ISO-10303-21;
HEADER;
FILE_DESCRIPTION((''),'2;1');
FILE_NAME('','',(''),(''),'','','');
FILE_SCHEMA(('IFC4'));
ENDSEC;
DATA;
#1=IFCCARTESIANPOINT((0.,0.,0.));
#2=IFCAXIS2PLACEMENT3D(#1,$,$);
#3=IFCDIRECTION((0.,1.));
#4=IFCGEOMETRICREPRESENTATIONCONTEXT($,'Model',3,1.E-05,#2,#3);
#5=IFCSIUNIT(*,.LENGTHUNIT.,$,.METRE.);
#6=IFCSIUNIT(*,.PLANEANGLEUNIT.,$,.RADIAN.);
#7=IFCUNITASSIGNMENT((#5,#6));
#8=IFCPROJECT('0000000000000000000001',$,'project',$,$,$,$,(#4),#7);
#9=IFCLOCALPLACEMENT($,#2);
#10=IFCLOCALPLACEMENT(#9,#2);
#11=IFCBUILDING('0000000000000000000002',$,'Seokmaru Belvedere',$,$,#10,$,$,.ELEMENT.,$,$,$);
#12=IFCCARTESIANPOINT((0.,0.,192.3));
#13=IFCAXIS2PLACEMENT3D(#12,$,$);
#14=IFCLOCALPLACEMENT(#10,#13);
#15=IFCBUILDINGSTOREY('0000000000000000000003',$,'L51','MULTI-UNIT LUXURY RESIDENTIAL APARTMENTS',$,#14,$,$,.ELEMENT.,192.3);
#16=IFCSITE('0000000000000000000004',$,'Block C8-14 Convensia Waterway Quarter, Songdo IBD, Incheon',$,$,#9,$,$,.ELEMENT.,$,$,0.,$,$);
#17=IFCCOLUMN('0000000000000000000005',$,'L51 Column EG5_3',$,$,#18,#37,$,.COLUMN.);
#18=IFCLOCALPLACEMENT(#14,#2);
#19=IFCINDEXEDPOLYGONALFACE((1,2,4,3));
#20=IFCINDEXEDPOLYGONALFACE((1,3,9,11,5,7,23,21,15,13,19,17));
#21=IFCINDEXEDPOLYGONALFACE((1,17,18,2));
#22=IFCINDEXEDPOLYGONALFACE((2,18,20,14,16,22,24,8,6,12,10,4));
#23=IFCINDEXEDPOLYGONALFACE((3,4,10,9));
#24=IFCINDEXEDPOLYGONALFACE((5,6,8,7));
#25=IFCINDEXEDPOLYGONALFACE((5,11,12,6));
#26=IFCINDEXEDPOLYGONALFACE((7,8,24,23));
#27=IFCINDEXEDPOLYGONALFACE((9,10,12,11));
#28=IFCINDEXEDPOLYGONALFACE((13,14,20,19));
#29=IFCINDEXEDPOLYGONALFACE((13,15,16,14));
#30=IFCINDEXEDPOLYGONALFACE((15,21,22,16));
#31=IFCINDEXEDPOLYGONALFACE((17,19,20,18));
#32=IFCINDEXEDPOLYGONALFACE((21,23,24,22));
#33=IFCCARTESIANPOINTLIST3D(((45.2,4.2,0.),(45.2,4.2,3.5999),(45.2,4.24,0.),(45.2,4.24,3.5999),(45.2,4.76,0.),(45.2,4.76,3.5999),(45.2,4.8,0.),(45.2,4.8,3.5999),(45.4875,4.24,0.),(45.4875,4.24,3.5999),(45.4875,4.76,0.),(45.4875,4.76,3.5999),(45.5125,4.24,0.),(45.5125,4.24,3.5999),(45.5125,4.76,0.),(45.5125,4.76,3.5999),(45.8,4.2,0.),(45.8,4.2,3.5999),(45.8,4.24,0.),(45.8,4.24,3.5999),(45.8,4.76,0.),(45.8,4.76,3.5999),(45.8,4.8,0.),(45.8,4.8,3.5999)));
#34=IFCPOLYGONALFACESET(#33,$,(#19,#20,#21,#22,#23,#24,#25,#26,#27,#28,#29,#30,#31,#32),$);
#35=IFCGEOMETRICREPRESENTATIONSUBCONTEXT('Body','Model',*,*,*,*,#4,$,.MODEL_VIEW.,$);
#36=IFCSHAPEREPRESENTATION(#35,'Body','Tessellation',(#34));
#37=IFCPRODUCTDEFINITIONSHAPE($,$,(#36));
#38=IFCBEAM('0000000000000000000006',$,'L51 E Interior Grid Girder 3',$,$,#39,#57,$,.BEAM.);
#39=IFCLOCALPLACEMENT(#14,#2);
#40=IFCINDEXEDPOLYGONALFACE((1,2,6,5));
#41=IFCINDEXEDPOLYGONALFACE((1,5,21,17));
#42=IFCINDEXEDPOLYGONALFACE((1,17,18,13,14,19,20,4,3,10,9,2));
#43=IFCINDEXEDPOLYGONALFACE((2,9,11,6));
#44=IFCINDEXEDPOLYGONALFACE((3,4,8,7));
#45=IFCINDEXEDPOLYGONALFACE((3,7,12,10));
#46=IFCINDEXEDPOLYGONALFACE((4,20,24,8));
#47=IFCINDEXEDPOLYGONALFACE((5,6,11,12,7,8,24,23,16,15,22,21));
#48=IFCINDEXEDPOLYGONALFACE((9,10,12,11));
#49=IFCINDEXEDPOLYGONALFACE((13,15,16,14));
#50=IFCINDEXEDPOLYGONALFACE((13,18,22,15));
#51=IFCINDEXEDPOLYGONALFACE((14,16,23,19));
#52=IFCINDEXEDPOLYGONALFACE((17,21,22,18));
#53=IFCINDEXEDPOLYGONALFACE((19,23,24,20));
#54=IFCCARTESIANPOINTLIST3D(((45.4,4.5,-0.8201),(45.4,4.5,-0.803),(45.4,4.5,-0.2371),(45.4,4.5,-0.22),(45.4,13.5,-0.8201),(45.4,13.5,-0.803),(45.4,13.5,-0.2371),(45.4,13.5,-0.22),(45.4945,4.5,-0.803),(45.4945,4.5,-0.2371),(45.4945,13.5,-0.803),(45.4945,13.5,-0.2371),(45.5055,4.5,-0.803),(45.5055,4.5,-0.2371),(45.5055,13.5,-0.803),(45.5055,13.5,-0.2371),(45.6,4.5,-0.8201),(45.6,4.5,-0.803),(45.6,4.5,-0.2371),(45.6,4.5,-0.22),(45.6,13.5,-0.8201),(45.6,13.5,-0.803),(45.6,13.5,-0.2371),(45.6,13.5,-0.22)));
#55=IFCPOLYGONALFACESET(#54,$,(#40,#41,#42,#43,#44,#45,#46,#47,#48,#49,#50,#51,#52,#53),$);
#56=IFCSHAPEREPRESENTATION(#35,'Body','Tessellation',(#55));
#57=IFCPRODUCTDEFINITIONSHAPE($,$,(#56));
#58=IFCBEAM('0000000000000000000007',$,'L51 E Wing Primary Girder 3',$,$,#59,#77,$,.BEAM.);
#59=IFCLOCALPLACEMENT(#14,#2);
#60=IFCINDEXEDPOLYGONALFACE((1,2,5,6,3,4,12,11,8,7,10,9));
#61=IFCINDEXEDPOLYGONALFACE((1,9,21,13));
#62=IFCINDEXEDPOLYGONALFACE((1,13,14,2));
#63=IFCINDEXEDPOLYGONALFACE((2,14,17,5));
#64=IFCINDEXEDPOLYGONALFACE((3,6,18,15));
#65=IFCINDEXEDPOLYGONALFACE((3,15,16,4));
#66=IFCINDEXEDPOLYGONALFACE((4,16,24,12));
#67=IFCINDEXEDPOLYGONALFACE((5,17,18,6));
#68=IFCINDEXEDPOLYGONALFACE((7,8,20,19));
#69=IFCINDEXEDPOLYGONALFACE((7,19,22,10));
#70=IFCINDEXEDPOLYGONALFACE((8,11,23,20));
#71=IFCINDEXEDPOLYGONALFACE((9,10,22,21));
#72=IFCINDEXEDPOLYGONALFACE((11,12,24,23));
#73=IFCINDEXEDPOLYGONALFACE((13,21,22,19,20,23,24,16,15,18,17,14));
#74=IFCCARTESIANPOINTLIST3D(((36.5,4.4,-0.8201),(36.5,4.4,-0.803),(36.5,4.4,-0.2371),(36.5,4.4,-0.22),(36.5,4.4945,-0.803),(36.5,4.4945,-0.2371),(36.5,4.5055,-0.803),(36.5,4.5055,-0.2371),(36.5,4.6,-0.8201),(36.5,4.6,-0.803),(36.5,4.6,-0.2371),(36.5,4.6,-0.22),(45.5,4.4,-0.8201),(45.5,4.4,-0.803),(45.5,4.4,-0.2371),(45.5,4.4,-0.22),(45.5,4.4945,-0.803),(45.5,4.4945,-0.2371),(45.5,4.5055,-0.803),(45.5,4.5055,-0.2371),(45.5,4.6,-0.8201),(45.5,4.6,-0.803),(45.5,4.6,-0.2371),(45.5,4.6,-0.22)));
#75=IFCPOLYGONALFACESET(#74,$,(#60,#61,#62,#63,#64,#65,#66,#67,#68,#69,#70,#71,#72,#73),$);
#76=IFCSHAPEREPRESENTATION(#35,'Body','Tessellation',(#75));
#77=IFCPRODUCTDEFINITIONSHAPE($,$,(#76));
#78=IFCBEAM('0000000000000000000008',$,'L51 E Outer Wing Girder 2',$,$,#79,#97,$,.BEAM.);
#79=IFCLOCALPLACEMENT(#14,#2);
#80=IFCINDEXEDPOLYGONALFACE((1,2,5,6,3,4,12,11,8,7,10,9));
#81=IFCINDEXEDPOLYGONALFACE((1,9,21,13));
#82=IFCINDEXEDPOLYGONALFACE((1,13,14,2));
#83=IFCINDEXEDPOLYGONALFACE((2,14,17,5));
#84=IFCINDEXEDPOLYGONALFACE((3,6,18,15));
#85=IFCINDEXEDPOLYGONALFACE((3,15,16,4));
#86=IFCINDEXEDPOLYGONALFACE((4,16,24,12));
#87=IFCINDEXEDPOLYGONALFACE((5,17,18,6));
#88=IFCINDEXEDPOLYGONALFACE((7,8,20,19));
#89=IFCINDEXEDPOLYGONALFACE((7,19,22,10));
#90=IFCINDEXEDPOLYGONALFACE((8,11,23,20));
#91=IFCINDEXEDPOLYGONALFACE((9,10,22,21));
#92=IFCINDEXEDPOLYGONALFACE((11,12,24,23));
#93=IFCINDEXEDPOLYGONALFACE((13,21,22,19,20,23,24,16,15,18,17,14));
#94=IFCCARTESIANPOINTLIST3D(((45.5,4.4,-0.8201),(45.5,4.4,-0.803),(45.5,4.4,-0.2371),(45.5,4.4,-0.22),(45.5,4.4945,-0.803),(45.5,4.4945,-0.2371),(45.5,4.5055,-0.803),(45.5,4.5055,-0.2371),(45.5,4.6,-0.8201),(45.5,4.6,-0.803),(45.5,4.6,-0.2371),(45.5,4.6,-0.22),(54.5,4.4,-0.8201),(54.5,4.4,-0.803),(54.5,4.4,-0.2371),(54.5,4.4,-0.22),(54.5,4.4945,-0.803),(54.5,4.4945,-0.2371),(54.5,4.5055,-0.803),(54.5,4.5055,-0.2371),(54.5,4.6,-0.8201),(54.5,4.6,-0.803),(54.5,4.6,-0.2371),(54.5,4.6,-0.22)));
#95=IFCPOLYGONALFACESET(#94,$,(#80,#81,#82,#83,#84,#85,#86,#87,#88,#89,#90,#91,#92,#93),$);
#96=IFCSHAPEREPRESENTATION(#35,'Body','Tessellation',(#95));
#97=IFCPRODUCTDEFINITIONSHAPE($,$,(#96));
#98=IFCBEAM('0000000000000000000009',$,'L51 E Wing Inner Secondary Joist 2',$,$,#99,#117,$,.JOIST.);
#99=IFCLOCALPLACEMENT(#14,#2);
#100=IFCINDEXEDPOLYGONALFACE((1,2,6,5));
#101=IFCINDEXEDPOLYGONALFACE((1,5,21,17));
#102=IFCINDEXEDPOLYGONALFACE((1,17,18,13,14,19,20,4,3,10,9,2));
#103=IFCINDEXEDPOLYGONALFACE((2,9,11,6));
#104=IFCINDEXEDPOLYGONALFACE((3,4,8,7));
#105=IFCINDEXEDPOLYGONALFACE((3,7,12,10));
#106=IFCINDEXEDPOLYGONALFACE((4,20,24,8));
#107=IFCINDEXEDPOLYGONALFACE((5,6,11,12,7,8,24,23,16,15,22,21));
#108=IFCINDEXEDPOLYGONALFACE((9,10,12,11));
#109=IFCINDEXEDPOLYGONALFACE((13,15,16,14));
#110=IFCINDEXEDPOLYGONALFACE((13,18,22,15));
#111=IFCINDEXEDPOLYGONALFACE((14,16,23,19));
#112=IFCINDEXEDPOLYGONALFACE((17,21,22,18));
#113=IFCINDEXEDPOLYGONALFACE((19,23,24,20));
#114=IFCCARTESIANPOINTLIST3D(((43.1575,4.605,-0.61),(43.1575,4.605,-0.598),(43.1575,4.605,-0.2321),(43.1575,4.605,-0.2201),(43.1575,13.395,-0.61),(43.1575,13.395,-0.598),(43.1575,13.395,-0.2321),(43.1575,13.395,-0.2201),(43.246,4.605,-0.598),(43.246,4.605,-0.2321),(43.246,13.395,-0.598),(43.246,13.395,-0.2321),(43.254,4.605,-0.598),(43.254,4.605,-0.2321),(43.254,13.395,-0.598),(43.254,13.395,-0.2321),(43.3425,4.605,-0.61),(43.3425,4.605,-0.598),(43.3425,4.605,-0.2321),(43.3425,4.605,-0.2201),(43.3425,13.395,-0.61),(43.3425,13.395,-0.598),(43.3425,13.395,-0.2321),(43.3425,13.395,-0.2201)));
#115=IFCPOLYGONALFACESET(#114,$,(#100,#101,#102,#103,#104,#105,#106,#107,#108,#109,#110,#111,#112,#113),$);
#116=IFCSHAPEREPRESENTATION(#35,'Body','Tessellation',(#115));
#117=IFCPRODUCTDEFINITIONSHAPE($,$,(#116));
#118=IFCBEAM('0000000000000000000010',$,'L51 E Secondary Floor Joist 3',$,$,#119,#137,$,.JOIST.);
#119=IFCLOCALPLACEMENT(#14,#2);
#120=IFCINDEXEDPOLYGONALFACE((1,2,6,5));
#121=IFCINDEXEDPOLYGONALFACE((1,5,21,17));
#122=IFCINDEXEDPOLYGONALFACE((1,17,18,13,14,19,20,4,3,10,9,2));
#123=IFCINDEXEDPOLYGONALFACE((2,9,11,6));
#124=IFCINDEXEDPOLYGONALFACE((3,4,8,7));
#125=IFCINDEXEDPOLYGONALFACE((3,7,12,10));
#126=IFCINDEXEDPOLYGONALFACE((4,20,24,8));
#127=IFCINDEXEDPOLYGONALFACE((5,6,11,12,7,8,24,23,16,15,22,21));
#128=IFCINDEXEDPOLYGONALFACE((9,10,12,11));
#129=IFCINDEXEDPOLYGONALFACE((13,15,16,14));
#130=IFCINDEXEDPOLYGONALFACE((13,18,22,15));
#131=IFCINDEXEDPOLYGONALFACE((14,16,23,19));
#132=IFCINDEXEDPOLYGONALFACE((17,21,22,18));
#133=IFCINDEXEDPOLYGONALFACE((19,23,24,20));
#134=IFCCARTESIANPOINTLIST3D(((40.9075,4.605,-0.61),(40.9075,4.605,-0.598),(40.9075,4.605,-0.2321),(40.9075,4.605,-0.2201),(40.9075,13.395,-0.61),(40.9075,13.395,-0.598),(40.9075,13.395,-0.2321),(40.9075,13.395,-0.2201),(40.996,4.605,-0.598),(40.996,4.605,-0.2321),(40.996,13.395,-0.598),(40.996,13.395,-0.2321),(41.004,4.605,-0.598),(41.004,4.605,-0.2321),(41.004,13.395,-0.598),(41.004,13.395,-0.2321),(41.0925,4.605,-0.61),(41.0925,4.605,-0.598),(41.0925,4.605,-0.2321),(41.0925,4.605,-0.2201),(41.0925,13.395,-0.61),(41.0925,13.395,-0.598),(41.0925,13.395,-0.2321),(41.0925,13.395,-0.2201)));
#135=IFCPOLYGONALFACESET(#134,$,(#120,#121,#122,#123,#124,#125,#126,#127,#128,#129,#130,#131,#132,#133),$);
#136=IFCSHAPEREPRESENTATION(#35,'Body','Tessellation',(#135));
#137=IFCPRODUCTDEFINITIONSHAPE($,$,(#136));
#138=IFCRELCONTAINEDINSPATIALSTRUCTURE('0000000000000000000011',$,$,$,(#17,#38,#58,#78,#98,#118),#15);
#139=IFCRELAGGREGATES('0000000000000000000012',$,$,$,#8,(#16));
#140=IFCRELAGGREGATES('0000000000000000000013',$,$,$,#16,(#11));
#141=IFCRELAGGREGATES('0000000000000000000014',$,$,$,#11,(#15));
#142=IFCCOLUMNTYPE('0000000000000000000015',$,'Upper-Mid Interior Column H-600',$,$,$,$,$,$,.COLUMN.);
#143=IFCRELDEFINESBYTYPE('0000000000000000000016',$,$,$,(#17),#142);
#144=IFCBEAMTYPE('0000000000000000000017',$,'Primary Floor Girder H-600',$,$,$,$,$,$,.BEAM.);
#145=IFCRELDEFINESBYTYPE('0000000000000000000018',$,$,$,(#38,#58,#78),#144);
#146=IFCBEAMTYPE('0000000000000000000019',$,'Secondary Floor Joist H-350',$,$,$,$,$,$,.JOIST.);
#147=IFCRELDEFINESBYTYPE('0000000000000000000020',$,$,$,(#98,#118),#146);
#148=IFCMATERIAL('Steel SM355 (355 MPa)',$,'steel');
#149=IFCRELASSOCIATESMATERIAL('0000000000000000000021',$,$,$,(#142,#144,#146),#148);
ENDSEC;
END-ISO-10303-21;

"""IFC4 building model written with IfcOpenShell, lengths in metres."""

from ifc_helpers import new_model, si_unit, direction, frame, origin, origin_2d, place, context, subcontext, project, spatial, i_section, extrude, source, transform, mapped, material, material_profile, profile_set, type_object, type_shapes, element, save


model = new_model("IFC4")

# Units and contexts
model_context = context("Model", 3, precision=1e-05, world=origin(), true_north=direction((0.0, 1.0)))
body_context = subcontext(model_context, "Body", "Model", "MODEL_VIEW")
ifc_project = project(units=[si_unit("LENGTHUNIT", "METRE"), si_unit("PLANEANGLEUNIT", "RADIAN")], contexts=[model_context])

# Site, building, storey
site_placement = place(None, origin())
site = spatial("IfcSite", under=ifc_project, at=site_placement, Name="Block C8-14 Convensia Waterway Quarter, Songdo IBD, Incheon", CompositionType="ELEMENT", RefElevation=0.0)
building_placement = place(site_placement, origin())
building = spatial("IfcBuilding", under=site, at=building_placement, Name="Seokmaru Belvedere", CompositionType="ELEMENT")
storey_placement = place(building_placement, frame((0.0, 0.0, 192.3)))
storey = spatial("IfcBuildingStorey", under=building, at=storey_placement, Name="L51", Description="MULTI-UNIT LUXURY RESIDENTIAL APARTMENTS", CompositionType="ELEMENT", Elevation=192.3)

# Column
ifc_material_1 = material(Name="Steel SM355 (355 MPa)", Category="steel")
ifc_material_profile_1 = material_profile(ifc_material_1, i_section(OverallWidth=0.6001, OverallDepth=0.6001, WebThickness=0.0249, FlangeThickness=0.04, at=origin_2d()), Name="H-600x600x25x40")
ifc_profile_set_1 = profile_set([ifc_material_profile_1], Name="Steel SM355 (355 MPa)")
column_type = type_object("IfcColumnType", Name="Upper-Mid Interior Column H-600", PredefinedType="COLUMN", material=ifc_profile_set_1)
shared_shape_1 = source(origin(), body_context, "Body", "SweptSolid", [
    extrude(i_section(OverallWidth=0.6001, OverallDepth=0.6001, WebThickness=0.0249, FlangeThickness=0.04, at=origin_2d()), origin(), (0.0, 0.0, 1.0), 3.5999),
])
type_shapes(column_type, [shared_shape_1])
column_placement = place(storey_placement, frame((45.5, 4.5, 0.0), z_axis=(0.0, 0.0, 1.0), x_axis=(1.0, 0.0, 0.0)))
element("IfcColumn", 1, at=column_placement, inside=storey, type_object=column_type, Name="L51 Column EG5_3", PredefinedType="COLUMN", context=body_context, shape_type="MappedRepresentation", body=[
    mapped(shared_shape_1, transform((0.0, 0.0, 0.0), scale=1.0)),
])

# Beams
ifc_material_profile_2 = material_profile(ifc_material_1, i_section(OverallWidth=0.2, OverallDepth=0.6001, WebThickness=0.011, FlangeThickness=0.0171, at=origin_2d()), Name="H-600x200x11x17")
ifc_profile_set_2 = profile_set([ifc_material_profile_2], Name="Steel SM355 (355 MPa)")
beam_type_1 = type_object("IfcBeamType", Name="Primary Floor Girder H-600", PredefinedType="BEAM", material=ifc_profile_set_2)
shared_shape_2 = source(origin(), body_context, "Body", "SweptSolid", [
    extrude(i_section(OverallWidth=0.2, OverallDepth=0.6001, WebThickness=0.011, FlangeThickness=0.0171, at=origin_2d()), origin(), (0.0, 0.0, 1.0), 9.0),
])
type_shapes(beam_type_1, [shared_shape_2])
for number, where, z_axis, x_axis, name in (
    (2, (45.5, 4.5, -0.52), (0.0, 1.0, 0.0), (-1.0, 0.0, 0.0), "L51 E Interior Grid Girder 3"),
    (3, (36.5, 4.5, -0.52), (1.0, 0.0, 0.0), (0.0, 1.0, 0.0), "L51 E Wing Primary Girder 3"),
    (4, (45.5, 4.5, -0.52), (1.0, 0.0, 0.0), (0.0, 1.0, 0.0), "L51 E Outer Wing Girder 2"),
):
    element("IfcBeam", number, at=place(storey_placement, frame(where, z_axis=z_axis, x_axis=x_axis)), inside=storey, type_object=beam_type_1, Name=name, PredefinedType="BEAM", context=body_context, shape_type="MappedRepresentation", body=[
        mapped(shared_shape_2, transform((0.0, 0.0, 0.0), scale=1.0)),
    ])
ifc_material_profile_3 = material_profile(ifc_material_1, i_section(OverallWidth=0.1851, OverallDepth=0.3899, WebThickness=0.0081, FlangeThickness=0.012, at=origin_2d()), Name="H-390x185x8x12")
ifc_profile_set_3 = profile_set([ifc_material_profile_3], Name="Steel SM355 (355 MPa)")
beam_type_2 = type_object("IfcBeamType", Name="Secondary Floor Joist H-350", PredefinedType="JOIST", material=ifc_profile_set_3)
shared_shape_3 = source(origin(), body_context, "Body", "SweptSolid", [
    extrude(i_section(OverallWidth=0.1851, OverallDepth=0.3899, WebThickness=0.0081, FlangeThickness=0.012, at=origin_2d()), origin(), (0.0, 0.0, 1.0), 8.79),
])
type_shapes(beam_type_2, [shared_shape_3])
for number, where, z_axis, x_axis, name in (
    (5, (43.25, 4.605, -0.415), (0.0, 1.0, 0.0), (-1.0, 0.0, 0.0), "L51 E Wing Inner Secondary Joist 2"),
    (6, (41.0, 4.605, -0.415), (0.0, 1.0, 0.0), (-1.0, 0.0, 0.0), "L51 E Secondary Floor Joist 3"),
):
    element("IfcBeam", number, at=place(storey_placement, frame(where, z_axis=z_axis, x_axis=x_axis)), inside=storey, type_object=beam_type_2, Name=name, PredefinedType="JOIST", context=body_context, shape_type="MappedRepresentation", body=[
        mapped(shared_shape_3, transform((0.0, 0.0, 0.0), scale=1.0)),
    ])

save(model, "model.ifc")
